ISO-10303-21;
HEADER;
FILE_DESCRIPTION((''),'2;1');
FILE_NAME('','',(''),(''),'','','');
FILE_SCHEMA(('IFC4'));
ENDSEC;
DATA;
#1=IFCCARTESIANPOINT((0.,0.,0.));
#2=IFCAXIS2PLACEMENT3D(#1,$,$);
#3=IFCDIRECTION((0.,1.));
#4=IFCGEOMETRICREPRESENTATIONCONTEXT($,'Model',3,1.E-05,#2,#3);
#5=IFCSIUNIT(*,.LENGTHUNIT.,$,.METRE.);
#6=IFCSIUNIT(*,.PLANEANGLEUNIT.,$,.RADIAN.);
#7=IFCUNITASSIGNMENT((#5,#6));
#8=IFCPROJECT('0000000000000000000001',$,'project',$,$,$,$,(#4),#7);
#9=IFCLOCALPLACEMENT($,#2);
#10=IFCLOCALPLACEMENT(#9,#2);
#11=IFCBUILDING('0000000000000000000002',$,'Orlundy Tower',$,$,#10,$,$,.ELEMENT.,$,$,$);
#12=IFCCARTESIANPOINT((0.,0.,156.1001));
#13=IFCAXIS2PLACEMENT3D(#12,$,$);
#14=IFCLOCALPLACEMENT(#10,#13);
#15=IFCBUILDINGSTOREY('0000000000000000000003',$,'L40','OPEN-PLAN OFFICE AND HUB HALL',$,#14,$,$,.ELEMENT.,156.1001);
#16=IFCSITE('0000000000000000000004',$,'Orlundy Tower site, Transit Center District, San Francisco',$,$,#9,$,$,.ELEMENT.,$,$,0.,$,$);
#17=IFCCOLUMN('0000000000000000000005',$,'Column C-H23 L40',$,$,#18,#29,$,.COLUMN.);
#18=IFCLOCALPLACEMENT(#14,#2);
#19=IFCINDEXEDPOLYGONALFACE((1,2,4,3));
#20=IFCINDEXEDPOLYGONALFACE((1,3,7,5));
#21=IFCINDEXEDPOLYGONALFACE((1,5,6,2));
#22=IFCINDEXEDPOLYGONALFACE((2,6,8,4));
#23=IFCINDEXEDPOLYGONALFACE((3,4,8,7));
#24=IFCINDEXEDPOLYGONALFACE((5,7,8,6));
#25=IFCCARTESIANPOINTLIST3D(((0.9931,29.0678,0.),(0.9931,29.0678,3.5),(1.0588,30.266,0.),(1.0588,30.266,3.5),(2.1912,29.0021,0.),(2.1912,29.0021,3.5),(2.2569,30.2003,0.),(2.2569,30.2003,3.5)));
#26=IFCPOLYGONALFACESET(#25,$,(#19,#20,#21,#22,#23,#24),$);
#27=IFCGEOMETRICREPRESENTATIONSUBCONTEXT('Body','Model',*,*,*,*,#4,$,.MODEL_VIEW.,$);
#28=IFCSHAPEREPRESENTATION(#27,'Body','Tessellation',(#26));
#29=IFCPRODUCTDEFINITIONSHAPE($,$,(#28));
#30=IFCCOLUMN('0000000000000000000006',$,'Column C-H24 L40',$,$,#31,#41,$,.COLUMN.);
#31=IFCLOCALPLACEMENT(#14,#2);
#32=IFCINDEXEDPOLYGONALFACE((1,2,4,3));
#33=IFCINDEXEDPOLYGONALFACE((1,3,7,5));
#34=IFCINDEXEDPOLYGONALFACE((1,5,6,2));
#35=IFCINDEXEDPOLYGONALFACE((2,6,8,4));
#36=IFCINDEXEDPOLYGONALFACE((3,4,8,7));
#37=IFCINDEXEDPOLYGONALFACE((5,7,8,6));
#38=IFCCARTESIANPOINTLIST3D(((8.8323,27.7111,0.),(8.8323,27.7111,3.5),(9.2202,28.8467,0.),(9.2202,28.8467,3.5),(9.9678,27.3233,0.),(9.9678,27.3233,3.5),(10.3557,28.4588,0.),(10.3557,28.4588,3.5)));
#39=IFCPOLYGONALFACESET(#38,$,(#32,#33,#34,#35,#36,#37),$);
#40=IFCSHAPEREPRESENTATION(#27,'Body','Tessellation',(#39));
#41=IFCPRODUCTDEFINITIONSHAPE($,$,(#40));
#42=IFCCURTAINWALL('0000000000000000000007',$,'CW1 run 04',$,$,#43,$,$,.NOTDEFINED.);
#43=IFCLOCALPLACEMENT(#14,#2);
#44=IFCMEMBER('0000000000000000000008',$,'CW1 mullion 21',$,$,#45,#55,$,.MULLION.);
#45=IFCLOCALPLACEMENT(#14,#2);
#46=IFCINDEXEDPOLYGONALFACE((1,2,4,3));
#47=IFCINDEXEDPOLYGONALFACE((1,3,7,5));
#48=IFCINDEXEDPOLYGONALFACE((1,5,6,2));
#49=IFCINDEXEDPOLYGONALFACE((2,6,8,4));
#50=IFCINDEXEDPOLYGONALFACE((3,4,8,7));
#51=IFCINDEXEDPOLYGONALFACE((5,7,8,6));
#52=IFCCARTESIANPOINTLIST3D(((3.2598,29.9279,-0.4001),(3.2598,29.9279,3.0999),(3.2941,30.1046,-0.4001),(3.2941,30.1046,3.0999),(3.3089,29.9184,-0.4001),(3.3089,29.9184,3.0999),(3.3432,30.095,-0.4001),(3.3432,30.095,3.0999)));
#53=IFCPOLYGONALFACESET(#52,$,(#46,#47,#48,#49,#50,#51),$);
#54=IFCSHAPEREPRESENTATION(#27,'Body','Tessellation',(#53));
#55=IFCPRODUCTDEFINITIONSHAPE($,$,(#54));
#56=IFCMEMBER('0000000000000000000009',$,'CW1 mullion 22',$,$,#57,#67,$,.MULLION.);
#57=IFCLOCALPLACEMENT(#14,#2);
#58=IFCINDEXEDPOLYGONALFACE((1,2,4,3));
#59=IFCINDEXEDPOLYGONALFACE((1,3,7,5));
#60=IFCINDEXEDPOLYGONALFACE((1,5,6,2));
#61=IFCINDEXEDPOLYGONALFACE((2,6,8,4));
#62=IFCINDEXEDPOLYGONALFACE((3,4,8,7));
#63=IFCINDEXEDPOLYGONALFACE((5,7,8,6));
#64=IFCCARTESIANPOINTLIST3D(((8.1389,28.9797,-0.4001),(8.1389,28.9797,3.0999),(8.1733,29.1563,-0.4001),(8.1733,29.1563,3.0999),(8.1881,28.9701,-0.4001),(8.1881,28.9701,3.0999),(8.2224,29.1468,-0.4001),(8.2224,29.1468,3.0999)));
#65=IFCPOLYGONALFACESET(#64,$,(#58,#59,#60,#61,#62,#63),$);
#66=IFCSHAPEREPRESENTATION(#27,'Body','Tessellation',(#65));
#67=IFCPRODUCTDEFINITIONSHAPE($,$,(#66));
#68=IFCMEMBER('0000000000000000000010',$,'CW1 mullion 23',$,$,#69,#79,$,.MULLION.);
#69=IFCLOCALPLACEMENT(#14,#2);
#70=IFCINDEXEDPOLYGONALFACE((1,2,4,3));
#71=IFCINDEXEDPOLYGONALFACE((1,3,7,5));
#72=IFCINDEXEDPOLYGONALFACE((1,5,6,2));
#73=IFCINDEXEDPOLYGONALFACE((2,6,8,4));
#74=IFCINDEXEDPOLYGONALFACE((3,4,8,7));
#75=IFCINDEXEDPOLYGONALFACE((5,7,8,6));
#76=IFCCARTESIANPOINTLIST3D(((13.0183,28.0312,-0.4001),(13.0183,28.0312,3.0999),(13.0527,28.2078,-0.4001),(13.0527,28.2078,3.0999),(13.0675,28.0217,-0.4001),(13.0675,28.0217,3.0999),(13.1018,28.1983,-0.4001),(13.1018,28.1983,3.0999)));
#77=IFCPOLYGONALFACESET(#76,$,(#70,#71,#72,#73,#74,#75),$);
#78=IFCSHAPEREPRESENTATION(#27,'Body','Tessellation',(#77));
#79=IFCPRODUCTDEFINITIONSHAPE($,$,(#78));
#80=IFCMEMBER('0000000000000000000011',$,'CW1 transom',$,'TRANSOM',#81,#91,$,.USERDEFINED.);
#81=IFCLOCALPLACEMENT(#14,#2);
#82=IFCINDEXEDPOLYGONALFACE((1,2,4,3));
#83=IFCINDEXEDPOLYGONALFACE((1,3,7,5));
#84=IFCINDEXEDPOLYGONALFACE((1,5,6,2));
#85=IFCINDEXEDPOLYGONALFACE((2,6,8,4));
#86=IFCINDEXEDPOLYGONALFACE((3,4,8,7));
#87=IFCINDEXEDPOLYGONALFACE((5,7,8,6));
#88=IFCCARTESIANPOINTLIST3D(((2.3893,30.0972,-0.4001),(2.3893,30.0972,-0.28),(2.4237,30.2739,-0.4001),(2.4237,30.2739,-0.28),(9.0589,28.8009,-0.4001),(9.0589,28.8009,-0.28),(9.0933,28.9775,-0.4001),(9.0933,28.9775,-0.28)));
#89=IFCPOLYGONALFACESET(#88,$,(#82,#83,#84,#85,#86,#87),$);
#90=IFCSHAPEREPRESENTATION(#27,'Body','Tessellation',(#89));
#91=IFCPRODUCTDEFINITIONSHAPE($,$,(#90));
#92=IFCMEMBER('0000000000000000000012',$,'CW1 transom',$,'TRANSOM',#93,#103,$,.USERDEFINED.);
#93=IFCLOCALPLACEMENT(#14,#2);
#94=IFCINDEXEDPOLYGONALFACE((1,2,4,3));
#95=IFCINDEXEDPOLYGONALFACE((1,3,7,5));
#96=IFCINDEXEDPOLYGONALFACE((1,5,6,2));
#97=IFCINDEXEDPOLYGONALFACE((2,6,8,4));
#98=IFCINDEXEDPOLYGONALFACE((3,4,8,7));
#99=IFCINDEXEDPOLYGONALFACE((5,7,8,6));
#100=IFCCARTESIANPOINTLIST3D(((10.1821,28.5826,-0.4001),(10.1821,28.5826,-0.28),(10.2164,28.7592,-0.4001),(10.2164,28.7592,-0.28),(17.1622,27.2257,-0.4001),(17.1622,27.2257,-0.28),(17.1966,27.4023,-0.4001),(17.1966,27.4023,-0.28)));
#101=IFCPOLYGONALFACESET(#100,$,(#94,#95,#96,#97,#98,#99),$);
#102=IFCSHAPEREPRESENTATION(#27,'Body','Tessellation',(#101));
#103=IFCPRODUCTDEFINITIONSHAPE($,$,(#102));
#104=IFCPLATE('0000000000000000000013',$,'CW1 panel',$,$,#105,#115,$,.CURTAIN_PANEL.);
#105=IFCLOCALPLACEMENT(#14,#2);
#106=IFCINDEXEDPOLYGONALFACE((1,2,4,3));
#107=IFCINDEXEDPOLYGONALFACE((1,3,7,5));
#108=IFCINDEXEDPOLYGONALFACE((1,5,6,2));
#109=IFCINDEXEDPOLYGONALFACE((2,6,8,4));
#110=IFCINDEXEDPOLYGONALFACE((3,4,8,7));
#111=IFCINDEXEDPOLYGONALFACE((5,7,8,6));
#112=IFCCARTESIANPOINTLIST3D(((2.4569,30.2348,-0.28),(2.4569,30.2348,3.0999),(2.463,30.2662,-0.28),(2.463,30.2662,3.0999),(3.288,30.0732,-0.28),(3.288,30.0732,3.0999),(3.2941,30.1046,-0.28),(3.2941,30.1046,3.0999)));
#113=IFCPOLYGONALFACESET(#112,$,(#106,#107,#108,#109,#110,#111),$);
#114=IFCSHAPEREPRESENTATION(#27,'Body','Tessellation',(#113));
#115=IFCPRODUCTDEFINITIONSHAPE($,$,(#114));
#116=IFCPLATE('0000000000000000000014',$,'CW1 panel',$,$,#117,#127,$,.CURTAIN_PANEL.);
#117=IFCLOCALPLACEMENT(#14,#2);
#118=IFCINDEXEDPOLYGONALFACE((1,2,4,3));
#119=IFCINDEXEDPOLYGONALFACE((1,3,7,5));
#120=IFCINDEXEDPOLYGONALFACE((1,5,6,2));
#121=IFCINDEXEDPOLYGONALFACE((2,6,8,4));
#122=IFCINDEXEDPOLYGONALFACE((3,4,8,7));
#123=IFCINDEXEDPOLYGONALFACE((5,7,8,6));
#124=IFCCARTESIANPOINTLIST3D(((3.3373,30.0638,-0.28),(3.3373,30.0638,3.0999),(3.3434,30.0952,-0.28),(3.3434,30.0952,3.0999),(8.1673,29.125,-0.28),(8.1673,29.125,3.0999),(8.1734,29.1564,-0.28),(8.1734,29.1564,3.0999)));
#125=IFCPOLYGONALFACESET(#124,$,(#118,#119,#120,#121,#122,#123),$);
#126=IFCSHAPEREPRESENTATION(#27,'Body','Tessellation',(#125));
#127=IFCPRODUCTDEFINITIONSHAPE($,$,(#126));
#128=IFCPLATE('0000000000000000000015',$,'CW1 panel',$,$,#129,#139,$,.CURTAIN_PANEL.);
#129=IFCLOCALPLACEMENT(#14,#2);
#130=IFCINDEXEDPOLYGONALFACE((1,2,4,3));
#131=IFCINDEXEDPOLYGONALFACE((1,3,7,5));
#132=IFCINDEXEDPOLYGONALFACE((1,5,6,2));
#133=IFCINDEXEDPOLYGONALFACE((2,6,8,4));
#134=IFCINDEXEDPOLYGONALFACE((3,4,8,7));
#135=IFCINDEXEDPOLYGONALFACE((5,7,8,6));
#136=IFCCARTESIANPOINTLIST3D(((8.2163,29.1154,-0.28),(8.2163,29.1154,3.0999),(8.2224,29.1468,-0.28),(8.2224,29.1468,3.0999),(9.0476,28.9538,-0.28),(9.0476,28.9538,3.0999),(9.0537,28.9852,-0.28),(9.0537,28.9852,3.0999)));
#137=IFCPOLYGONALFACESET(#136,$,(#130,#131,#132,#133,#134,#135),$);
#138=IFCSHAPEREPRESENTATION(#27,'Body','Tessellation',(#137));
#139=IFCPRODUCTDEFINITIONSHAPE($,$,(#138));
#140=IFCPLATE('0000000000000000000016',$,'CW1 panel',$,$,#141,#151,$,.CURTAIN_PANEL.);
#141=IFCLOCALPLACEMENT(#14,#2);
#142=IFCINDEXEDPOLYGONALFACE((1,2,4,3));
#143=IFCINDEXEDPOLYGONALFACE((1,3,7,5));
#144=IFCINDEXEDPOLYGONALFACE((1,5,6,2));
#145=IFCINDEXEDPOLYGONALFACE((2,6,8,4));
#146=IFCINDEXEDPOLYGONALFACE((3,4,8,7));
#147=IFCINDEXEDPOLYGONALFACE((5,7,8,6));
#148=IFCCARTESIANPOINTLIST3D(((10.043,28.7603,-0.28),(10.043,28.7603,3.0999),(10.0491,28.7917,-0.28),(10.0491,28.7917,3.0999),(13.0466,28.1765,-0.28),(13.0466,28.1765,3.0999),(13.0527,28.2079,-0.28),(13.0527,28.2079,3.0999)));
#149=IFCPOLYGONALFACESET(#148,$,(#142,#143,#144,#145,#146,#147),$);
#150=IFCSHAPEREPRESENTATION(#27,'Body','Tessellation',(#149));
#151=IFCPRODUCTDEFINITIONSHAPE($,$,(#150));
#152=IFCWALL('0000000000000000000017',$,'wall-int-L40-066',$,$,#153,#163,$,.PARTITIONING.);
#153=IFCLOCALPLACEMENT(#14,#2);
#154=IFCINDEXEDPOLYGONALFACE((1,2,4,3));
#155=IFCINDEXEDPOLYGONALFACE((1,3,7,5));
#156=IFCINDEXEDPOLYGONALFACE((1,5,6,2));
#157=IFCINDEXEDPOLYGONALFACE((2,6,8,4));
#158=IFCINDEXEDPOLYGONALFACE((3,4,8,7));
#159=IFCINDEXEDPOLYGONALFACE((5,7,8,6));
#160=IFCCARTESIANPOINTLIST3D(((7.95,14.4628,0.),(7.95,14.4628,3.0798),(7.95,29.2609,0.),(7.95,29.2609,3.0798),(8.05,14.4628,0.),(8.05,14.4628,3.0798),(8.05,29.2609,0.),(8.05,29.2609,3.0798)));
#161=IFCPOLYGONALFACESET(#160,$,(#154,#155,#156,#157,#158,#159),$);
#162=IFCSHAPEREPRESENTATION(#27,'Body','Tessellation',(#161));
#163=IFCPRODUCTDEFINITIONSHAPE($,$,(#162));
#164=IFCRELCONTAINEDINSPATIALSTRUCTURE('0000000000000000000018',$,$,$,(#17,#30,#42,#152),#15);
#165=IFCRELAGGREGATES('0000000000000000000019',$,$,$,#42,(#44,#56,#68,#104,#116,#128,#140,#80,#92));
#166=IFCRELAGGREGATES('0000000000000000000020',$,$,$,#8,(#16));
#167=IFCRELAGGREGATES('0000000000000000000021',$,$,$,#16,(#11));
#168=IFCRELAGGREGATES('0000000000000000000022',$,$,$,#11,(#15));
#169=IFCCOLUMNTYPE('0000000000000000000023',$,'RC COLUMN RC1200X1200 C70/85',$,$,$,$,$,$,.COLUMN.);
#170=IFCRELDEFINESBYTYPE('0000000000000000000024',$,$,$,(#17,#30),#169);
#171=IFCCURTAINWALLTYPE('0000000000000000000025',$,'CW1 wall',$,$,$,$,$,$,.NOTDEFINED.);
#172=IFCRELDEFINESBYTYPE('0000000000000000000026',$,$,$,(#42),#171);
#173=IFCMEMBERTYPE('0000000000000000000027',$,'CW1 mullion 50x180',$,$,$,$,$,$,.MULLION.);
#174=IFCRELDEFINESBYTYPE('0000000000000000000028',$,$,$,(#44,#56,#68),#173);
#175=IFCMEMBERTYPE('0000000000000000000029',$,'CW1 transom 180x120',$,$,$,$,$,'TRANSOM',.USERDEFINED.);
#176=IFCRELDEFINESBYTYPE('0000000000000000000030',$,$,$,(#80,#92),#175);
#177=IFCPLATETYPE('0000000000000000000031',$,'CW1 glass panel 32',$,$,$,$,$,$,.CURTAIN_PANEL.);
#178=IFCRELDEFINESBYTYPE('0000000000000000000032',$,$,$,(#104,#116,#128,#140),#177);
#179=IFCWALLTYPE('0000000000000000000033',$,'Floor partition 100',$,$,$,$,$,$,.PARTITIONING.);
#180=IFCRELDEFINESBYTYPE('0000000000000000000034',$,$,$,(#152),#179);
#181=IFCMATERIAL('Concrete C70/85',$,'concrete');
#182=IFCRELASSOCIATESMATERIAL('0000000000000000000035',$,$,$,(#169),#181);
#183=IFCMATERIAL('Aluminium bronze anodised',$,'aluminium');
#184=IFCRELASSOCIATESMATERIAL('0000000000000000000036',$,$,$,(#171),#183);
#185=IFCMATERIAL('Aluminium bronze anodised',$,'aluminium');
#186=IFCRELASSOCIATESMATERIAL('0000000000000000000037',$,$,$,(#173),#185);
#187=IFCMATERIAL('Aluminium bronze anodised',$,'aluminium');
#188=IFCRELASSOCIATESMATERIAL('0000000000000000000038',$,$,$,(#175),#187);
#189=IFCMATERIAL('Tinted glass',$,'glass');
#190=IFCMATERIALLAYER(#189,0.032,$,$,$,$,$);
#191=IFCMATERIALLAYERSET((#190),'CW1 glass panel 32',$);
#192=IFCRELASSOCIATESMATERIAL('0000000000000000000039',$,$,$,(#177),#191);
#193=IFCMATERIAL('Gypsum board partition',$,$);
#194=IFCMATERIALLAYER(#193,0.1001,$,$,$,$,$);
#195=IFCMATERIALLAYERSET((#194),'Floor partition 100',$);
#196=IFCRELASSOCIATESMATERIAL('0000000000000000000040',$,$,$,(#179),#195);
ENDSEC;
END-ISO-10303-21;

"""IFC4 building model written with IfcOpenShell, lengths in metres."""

from ifc_helpers import new_model, si_unit, direction, frame, frame_2d, origin, origin_2d, place, context, subcontext, project, spatial, rectangle, extrude, material, layer, layer_set, material_profile, profile_set, type_object, element, aggregate, save


model = new_model("IFC4")

# Units and contexts
model_context = context("Model", 3, precision=1e-05, world=origin(), true_north=direction((0.0, 1.0)))
body_context = subcontext(model_context, "Body", "Model", "MODEL_VIEW")
ifc_project = project(units=[si_unit("LENGTHUNIT", "METRE"), si_unit("PLANEANGLEUNIT", "RADIAN")], contexts=[model_context])

# Site, building, storey
site_placement = place(None, origin())
site = spatial("IfcSite", under=ifc_project, at=site_placement, Name="Orlundy Tower site, Transit Center District, San Francisco", CompositionType="ELEMENT", RefElevation=0.0)
building_placement = place(site_placement, origin())
building = spatial("IfcBuilding", under=site, at=building_placement, Name="Orlundy Tower", CompositionType="ELEMENT")
storey_placement = place(building_placement, frame((0.0, 0.0, 156.1001)))
storey = spatial("IfcBuildingStorey", under=building, at=storey_placement, Name="L40", Description="OPEN-PLAN OFFICE AND HUB HALL", CompositionType="ELEMENT", Elevation=156.1001)

# Columns
ifc_material_1 = material(Name="Concrete C70/85", Category="concrete")
ifc_material_profile_1 = material_profile(ifc_material_1, rectangle(XDim=1.2, YDim=1.2, at=origin_2d()), Name="RC1200X1200")
ifc_profile_set_1 = profile_set([ifc_material_profile_1], Name="Concrete C70/85")
column_type = type_object("IfcColumnType", Name="RC COLUMN RC1200X1200 C70/85", PredefinedType="COLUMN", material=ifc_profile_set_1)
for number, where, z_axis, x_axis, name in (
    (1, (1.625, 29.634, 0.0), (0.0, 0.0, 1.0), (0.054758, 0.9985, 0.0), "Column C-H23 L40"),
    (2, (9.594, 28.085, 0.0), (0.0, 0.0, 1.0), (0.323257, 0.946311, 0.0), "Column C-H24 L40"),
):
    element("IfcColumn", number, at=place(storey_placement, frame(where, z_axis=z_axis, x_axis=x_axis)), inside=storey, type_object=column_type, Name=name, PredefinedType="COLUMN", context=body_context, shape_type="SweptSolid", body=[
        extrude(rectangle(XDim=1.2, YDim=1.2, at=origin_2d()), origin(), (0.0, 0.0, 1.0), 3.5),
    ])

# Curtain wall, members, plates
ifc_material_2 = material(Name="Aluminium bronze anodised", Category="aluminium")
curtain_wall_type = type_object("IfcCurtainWallType", Name="CW1 wall", PredefinedType="NOTDEFINED", material=ifc_material_2)
curtain_wall_placement = place(storey_placement, origin())
curtain_wall = element("IfcCurtainWall", 3, at=curtain_wall_placement, inside=storey, type_object=curtain_wall_type, Name="CW1 run 04", PredefinedType="NOTDEFINED")
ifc_material_3 = material(Name="Aluminium bronze anodised", Category="aluminium")
ifc_material_profile_2 = material_profile(ifc_material_3, rectangle(XDim=0.1799, YDim=0.05, at=origin_2d()), Name="CW1 mullion 50x180")
ifc_profile_set_2 = profile_set([ifc_material_profile_2], Name="Aluminium bronze anodised")
member_type_1 = type_object("IfcMemberType", Name="CW1 mullion 50x180", PredefinedType="MULLION", material=ifc_profile_set_2)
member_1_placement = place(storey_placement, frame((3.3015, 30.0115, -0.4001), z_axis=(0.0, 0.0, 1.0), x_axis=(0.190805, 0.981628, 0.0)))
member_1 = element("IfcMember", 4, at=member_1_placement, type_object=member_type_1, Name="CW1 mullion 21", PredefinedType="MULLION", context=body_context, shape_type="SweptSolid", body=[
    extrude(rectangle(XDim=0.1799, YDim=0.05, at=origin_2d()), origin(), (0.0, 0.0, 1.0), 3.5),
])
member_2_placement = place(storey_placement, frame((8.1807, 29.0632, -0.4001), z_axis=(0.0, 0.0, 1.0), x_axis=(0.190805, 0.981628, 0.0)))
member_2 = element("IfcMember", 5, at=member_2_placement, type_object=member_type_1, Name="CW1 mullion 22", PredefinedType="MULLION", context=body_context, shape_type="SweptSolid", body=[
    extrude(rectangle(XDim=0.1799, YDim=0.05, at=origin_2d()), origin(), (0.0, 0.0, 1.0), 3.5),
])
member_3_placement = place(storey_placement, frame((13.0601, 28.1147, -0.4001), z_axis=(0.0, 0.0, 1.0), x_axis=(0.190805, 0.981628, 0.0)))
member_3 = element("IfcMember", 6, at=member_3_placement, type_object=member_type_1, Name="CW1 mullion 23", PredefinedType="MULLION", context=body_context, shape_type="SweptSolid", body=[
    extrude(rectangle(XDim=0.1799, YDim=0.05, at=origin_2d()), origin(), (0.0, 0.0, 1.0), 3.5),
])
ifc_material_4 = material(Name="Aluminium bronze anodised", Category="aluminium")
ifc_material_profile_3 = material_profile(ifc_material_4, rectangle(XDim=0.1799, YDim=0.1201, at=origin_2d()), Name="CW1 transom 180x120")
ifc_profile_set_3 = profile_set([ifc_material_profile_3], Name="Aluminium bronze anodised")
member_type_2 = type_object("IfcMemberType", Name="CW1 transom 180x120", ElementType="TRANSOM", PredefinedType="USERDEFINED", material=ifc_profile_set_3)
member_4_placement = place(storey_placement, frame((2.4065, 30.1855, -0.3401), z_axis=(0.981629, -0.190799, 0.0), x_axis=(0.190799, 0.981629, 0.0)))
member_4 = element("IfcMember", 7, at=member_4_placement, type_object=member_type_2, Name="CW1 transom", ObjectType="TRANSOM", PredefinedType="USERDEFINED", context=body_context, shape_type="SweptSolid", body=[
    extrude(rectangle(XDim=0.1799, YDim=0.1201, at=origin_2d()), origin(), (0.0, 0.0, 1.0), 6.7944),
])
member_5_placement = place(storey_placement, frame((10.1992, 28.6709, -0.3401), z_axis=(0.981624, -0.190825, 0.0), x_axis=(0.190825, 0.981624, 0.0)))
member_5 = element("IfcMember", 8, at=member_5_placement, type_object=member_type_2, Name="CW1 transom", ObjectType="TRANSOM", PredefinedType="USERDEFINED", context=body_context, shape_type="SweptSolid", body=[
    extrude(rectangle(XDim=0.1799, YDim=0.1201, at=origin_2d()), origin(), (0.0, 0.0, 1.0), 7.1108),
])
ifc_material_5 = material(Name="Tinted glass", Category="glass")
ifc_layer_1 = layer(ifc_material_5, 0.032)
ifc_layer_set_1 = layer_set([ifc_layer_1], Name="CW1 glass panel 32")
plate_type = type_object("IfcPlateType", Name="CW1 glass panel 32", PredefinedType="CURTAIN_PANEL", material=ifc_layer_set_1)
plate_1_placement = place(storey_placement, frame((2.8755, 30.1697, -0.28), z_axis=(0.0, 0.0, 1.0), x_axis=(0.981628, -0.190805, 0.0)))
plate_1 = element("IfcPlate", 9, at=plate_1_placement, type_object=plate_type, Name="CW1 panel", PredefinedType="CURTAIN_PANEL", context=body_context, shape_type="SweptSolid", body=[
    extrude(rectangle(XDim=0.8467, YDim=0.032, at=origin_2d()), origin(), (0.0, 0.0, 1.0), 3.3799),
])
plate_2_placement = place(storey_placement, frame((5.7554, 29.6101, -0.28), z_axis=(0.0, 0.0, 1.0), x_axis=(0.981628, -0.190805, 0.0)))
plate_2 = element("IfcPlate", 10, at=plate_2_placement, type_object=plate_type, Name="CW1 panel", PredefinedType="CURTAIN_PANEL", context=body_context, shape_type="SweptSolid", body=[
    extrude(rectangle(XDim=4.9204, YDim=0.032, at=origin_2d()), origin(), (0.0, 0.0, 1.0), 3.3799),
])
plate_3_placement = place(storey_placement, frame((8.635, 29.0503, -0.28), z_axis=(0.0, 0.0, 1.0), x_axis=(0.981628, -0.190805, 0.0)))
plate_3 = element("IfcPlate", 11, at=plate_3_placement, type_object=plate_type, Name="CW1 panel", PredefinedType="CURTAIN_PANEL", context=body_context, shape_type="SweptSolid", body=[
    extrude(rectangle(XDim=0.8469, YDim=0.032, at=origin_2d()), origin(), (0.0, 0.0, 1.0), 3.3799),
])
plate_4_placement = place(storey_placement, frame((11.5479, 28.4841, -0.28), z_axis=(0.0, 0.0, 1.0), x_axis=(0.981628, -0.190805, 0.0)))
plate_4 = element("IfcPlate", 12, at=plate_4_placement, type_object=plate_type, Name="CW1 panel", PredefinedType="CURTAIN_PANEL", context=body_context, shape_type="SweptSolid", body=[
    extrude(rectangle(XDim=3.0598, YDim=0.032, at=origin_2d()), origin(), (0.0, 0.0, 1.0), 3.3799),
])
aggregate(curtain_wall, [member_1, member_2, member_3, plate_1, plate_2, plate_3, plate_4, member_4, member_5])

# Wall
ifc_material_6 = material(Name="Gypsum board partition")
ifc_layer_2 = layer(ifc_material_6, 0.1001)
ifc_layer_set_2 = layer_set([ifc_layer_2], Name="Floor partition 100")
wall_type_1 = type_object("IfcWallType", Name="Floor partition 100", PredefinedType="PARTITIONING", material=ifc_layer_set_2)
wall_1_placement = place(storey_placement, frame((8.0, 14.4629, 0.0), z_axis=(0.0, 0.0, 1.0), x_axis=(0.0, 1.0, 0.0)))
element("IfcWall", 13, at=wall_1_placement, inside=storey, type_object=wall_type_1, Name="wall-int-L40-066", PredefinedType="PARTITIONING", context=body_context, shape_type="SweptSolid", body=[
    extrude(rectangle(XDim=14.7981, YDim=0.1001, at=frame_2d((7.3989, 0.0))), origin(), (0.0, 0.0, 1.0), 3.0798),
])

save(model, "model.ifc")
